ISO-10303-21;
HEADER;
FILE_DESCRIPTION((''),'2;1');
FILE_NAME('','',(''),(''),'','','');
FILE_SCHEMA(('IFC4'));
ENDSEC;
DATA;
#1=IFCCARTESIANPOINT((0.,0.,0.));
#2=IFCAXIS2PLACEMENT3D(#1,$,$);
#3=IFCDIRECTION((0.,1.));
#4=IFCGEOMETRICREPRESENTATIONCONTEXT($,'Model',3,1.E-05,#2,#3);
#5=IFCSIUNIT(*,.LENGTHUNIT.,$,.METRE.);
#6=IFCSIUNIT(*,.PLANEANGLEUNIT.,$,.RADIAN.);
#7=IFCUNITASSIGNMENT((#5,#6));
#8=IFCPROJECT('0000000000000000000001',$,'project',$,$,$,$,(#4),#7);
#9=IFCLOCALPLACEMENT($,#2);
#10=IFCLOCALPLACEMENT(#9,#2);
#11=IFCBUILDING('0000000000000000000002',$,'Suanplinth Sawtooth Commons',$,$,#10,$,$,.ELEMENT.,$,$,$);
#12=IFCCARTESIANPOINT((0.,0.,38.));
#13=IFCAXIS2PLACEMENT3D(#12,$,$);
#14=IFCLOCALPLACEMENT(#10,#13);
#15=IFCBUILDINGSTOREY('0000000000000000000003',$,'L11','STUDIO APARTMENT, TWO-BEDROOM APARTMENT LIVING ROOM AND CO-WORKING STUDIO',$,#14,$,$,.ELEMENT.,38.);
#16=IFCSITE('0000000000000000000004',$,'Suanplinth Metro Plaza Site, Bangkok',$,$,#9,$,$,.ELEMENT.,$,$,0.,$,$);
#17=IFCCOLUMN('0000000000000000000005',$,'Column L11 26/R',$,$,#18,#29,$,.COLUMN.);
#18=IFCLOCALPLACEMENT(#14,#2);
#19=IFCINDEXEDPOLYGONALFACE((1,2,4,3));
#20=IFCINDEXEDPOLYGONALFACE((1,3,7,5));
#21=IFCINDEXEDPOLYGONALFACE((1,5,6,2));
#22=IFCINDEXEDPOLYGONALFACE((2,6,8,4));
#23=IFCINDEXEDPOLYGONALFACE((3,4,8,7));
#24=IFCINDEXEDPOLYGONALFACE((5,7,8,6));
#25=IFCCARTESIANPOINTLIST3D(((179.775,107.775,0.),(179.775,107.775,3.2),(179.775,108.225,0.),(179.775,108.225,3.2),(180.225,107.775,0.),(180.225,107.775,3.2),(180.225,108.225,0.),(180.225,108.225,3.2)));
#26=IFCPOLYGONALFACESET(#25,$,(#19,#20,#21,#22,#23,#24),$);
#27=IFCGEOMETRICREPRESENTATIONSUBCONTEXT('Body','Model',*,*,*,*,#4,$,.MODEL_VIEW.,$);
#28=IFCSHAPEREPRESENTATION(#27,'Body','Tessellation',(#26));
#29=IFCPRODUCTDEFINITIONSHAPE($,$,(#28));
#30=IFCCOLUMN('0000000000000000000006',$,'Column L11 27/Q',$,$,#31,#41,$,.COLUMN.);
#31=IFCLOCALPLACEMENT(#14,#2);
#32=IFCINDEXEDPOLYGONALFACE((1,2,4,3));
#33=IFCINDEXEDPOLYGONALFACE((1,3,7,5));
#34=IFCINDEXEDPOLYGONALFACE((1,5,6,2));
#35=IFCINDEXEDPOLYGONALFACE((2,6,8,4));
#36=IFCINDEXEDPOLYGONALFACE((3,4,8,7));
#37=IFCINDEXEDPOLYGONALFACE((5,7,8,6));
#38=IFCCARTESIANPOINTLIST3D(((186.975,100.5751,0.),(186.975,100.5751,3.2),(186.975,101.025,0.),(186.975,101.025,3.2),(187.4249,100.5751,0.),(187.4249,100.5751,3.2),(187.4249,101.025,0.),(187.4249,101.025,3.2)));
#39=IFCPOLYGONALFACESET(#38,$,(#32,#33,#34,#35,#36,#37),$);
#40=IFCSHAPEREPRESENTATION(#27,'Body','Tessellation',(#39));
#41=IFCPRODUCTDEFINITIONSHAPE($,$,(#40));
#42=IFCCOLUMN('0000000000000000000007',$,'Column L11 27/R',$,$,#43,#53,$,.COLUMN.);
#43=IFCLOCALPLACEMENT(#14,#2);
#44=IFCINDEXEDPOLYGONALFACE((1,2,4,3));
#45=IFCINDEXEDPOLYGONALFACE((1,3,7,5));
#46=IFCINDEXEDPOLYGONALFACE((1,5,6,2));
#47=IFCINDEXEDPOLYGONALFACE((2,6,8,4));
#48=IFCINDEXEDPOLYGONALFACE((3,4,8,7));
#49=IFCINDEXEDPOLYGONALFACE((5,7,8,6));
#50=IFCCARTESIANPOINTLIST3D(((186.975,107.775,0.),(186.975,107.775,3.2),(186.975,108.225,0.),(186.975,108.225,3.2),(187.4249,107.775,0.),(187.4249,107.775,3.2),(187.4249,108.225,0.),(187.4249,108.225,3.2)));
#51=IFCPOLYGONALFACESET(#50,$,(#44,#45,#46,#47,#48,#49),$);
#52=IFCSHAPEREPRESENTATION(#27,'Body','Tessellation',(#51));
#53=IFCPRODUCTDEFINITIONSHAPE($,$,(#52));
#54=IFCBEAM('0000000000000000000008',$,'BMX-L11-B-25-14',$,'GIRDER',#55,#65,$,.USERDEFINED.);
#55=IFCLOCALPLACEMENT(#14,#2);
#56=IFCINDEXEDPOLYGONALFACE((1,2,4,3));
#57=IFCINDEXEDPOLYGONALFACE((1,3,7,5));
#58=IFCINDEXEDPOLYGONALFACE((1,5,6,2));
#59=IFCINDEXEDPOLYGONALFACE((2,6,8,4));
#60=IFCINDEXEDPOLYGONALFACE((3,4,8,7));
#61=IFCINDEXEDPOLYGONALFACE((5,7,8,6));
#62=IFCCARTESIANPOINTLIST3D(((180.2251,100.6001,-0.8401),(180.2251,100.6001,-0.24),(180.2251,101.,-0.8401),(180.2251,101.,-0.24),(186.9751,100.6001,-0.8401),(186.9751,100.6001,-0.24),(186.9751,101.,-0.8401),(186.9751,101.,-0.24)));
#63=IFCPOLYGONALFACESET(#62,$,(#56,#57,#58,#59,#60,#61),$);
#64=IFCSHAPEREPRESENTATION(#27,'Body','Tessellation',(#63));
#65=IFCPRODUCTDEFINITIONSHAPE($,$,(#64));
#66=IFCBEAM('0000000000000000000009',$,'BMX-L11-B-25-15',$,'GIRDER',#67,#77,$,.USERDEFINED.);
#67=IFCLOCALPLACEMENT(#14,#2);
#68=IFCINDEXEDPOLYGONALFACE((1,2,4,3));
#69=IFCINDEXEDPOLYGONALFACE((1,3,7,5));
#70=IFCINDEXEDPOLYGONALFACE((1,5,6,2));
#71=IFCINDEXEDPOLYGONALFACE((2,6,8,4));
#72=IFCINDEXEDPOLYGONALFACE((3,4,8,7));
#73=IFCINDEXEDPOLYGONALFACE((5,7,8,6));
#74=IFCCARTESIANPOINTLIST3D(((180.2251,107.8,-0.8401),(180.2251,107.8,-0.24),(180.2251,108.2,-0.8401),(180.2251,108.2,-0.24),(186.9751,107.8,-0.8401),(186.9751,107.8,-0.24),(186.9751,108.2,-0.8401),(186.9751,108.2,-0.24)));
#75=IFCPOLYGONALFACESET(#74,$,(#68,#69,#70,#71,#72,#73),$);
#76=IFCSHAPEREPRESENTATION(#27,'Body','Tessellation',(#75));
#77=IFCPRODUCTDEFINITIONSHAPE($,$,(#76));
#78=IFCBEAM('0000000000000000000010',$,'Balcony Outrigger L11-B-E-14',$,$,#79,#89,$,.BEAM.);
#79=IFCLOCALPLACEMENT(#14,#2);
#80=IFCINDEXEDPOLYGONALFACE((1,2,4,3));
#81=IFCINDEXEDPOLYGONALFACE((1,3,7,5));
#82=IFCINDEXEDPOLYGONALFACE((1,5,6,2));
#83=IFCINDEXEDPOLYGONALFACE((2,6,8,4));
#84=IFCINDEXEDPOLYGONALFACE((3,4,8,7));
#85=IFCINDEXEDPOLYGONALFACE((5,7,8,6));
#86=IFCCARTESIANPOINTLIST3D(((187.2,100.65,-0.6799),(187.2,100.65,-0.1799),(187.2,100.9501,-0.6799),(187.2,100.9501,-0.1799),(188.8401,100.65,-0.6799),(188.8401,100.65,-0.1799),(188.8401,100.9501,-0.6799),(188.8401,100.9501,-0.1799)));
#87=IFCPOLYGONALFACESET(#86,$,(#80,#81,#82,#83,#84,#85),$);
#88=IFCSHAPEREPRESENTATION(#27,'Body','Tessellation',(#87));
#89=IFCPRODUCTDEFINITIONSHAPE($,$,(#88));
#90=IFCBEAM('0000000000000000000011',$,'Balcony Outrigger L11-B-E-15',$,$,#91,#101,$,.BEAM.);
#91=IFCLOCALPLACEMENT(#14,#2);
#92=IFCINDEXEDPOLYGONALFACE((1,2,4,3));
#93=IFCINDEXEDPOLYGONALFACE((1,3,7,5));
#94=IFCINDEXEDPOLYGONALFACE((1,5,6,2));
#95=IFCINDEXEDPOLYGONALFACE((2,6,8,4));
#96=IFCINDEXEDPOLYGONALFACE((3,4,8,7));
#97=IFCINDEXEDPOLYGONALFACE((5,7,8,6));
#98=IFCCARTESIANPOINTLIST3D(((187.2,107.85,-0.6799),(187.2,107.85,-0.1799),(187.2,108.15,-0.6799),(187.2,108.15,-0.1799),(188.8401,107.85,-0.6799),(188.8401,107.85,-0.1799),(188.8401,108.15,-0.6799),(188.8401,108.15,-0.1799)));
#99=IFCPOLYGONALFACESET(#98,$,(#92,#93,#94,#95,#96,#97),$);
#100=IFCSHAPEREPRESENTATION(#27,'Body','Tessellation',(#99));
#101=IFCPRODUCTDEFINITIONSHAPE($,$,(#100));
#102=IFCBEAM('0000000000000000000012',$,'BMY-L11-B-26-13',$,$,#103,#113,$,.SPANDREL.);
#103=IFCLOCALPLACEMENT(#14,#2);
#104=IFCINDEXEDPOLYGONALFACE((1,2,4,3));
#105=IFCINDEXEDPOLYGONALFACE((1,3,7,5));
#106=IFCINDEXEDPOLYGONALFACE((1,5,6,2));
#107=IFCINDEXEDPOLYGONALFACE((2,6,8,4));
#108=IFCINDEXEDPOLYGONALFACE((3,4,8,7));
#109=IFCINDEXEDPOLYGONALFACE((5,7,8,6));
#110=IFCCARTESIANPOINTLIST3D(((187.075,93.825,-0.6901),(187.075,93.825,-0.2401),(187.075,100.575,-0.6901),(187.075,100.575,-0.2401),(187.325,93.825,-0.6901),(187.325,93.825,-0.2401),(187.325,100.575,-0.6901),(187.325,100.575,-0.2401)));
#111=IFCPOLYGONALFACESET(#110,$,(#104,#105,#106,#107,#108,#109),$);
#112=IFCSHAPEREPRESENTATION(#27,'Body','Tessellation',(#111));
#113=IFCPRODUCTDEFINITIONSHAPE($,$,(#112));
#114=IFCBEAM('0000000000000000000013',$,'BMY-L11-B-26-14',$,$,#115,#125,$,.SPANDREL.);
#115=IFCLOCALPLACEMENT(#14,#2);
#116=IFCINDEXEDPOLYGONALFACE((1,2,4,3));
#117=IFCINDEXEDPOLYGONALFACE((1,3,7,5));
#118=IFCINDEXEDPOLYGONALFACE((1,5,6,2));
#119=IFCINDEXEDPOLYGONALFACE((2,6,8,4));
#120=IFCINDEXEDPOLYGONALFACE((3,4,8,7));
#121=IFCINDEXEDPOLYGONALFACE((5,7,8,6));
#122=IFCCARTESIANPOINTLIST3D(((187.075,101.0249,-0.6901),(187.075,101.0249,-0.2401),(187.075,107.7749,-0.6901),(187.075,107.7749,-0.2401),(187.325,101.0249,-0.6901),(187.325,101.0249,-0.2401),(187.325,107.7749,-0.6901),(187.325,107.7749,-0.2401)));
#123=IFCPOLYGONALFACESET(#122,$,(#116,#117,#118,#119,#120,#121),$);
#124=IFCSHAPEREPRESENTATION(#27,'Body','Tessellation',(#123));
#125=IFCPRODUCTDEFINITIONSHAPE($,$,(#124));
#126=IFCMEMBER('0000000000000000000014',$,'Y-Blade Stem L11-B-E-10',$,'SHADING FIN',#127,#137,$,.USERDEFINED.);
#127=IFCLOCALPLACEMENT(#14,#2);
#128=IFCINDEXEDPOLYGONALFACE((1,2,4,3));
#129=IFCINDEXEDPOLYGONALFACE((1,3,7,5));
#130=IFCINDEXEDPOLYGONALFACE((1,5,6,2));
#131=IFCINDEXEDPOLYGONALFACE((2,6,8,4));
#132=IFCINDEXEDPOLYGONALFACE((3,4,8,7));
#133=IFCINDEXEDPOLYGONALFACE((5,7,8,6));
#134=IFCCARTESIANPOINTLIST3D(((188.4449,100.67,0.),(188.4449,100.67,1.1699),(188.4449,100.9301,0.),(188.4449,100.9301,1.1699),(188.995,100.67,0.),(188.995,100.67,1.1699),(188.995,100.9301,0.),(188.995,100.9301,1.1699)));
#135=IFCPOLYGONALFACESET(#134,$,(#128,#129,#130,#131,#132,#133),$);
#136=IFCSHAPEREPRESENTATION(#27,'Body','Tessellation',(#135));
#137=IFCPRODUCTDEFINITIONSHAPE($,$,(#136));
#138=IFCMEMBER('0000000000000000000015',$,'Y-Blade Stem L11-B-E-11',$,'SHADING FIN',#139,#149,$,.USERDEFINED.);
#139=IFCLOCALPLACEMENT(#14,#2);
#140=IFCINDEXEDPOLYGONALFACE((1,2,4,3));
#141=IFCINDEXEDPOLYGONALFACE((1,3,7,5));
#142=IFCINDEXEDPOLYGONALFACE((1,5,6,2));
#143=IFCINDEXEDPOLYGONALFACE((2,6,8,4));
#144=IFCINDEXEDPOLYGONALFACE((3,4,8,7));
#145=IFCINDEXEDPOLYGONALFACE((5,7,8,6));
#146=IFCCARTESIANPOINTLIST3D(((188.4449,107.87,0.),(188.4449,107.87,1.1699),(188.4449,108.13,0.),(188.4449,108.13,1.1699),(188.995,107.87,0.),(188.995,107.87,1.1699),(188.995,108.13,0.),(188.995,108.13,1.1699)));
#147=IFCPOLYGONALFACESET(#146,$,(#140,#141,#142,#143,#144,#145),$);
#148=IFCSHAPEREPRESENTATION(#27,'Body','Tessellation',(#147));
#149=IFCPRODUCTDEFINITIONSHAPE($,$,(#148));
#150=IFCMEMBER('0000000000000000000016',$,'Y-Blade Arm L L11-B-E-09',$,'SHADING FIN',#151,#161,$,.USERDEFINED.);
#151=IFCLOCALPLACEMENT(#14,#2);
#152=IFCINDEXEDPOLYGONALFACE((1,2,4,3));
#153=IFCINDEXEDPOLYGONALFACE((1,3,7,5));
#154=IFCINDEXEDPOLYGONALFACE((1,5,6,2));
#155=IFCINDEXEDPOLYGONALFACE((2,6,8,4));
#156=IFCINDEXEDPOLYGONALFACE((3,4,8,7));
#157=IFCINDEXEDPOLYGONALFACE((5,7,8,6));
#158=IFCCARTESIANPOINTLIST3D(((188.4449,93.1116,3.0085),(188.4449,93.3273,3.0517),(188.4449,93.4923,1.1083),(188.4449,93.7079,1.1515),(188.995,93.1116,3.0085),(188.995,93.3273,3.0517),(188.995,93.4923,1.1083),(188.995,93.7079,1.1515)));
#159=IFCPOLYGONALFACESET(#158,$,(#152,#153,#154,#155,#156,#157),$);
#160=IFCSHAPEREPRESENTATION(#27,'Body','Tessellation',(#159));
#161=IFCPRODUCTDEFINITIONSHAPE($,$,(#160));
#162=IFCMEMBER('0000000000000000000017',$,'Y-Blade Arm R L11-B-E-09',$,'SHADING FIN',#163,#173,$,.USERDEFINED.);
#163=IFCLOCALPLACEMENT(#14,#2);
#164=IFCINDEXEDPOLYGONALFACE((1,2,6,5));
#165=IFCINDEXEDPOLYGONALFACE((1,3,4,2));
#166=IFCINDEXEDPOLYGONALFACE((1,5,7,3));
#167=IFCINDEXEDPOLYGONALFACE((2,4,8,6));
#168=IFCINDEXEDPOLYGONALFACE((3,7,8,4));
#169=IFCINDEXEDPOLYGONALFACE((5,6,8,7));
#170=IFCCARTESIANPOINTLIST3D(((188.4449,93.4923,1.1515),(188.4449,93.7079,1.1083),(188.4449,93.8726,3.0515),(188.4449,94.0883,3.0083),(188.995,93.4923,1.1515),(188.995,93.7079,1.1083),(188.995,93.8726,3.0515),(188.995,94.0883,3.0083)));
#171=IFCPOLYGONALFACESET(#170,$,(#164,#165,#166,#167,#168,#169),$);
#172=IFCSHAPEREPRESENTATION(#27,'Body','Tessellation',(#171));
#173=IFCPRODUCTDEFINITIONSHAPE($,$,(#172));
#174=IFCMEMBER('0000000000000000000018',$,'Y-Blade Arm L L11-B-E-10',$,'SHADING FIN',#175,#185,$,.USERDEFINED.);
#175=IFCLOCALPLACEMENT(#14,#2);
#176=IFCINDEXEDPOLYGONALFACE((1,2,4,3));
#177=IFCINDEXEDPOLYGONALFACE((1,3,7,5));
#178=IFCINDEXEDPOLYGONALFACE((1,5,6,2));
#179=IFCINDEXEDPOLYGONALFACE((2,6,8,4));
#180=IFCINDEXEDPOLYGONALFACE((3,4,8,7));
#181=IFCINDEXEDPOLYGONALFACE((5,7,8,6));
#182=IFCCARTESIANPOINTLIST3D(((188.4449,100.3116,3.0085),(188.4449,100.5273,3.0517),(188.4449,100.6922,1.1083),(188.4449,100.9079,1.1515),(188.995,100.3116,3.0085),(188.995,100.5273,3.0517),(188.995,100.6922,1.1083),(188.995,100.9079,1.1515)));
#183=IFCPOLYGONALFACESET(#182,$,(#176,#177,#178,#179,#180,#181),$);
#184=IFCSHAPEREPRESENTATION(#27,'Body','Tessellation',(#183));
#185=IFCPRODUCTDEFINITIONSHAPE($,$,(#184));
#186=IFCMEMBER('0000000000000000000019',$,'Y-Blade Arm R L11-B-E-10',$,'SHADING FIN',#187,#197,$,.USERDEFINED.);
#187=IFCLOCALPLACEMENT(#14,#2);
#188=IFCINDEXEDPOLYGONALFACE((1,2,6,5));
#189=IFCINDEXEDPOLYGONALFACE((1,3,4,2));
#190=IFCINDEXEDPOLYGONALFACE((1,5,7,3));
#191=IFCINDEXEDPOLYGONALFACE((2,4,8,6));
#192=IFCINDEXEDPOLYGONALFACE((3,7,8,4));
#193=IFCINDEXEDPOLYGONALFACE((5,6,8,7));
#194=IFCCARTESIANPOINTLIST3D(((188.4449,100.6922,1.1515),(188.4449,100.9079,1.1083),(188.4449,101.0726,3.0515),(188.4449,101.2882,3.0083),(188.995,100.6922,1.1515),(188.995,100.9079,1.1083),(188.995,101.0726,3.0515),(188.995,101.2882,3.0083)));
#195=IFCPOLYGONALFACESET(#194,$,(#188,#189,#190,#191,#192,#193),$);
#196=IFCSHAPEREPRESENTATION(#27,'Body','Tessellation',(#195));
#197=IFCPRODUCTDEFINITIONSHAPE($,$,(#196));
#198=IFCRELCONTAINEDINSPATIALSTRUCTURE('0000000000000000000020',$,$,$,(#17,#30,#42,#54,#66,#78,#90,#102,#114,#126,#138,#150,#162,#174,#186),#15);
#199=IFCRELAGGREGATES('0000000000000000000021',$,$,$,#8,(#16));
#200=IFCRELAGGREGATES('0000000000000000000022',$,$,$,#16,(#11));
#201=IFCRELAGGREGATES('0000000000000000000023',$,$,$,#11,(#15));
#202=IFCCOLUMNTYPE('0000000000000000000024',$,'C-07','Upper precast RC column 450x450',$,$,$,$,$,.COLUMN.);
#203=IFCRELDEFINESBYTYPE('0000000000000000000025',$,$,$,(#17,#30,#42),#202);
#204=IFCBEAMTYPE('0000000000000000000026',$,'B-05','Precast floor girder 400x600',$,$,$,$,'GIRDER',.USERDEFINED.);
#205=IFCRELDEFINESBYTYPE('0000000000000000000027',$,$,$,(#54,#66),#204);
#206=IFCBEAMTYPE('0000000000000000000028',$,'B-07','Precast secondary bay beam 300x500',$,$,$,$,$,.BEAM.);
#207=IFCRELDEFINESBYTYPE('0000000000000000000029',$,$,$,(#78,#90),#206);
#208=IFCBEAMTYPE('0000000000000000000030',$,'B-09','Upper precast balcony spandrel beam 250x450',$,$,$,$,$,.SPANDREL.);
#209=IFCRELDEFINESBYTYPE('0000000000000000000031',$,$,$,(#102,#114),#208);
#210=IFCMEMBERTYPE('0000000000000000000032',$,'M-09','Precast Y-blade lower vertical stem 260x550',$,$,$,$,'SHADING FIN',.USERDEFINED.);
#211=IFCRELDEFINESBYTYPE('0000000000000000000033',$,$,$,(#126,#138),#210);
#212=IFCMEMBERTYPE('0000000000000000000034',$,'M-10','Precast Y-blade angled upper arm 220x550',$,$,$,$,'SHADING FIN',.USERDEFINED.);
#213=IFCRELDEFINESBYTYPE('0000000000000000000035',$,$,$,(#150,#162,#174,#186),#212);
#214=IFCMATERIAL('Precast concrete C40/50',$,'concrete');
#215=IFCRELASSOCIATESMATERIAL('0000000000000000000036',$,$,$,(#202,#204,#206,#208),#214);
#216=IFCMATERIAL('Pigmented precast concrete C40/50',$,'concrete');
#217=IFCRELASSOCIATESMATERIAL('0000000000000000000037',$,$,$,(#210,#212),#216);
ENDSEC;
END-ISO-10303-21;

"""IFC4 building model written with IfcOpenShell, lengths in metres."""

from ifc_helpers import new_model, si_unit, direction, frame, origin, origin_2d, place, context, subcontext, project, spatial, rectangle, extrude, material, material_profile, profile_set, type_object, element, save


model = new_model("IFC4")

# Units and contexts
model_context = context("Model", 3, precision=1e-05, world=origin(), true_north=direction((0.0, 1.0)))
body_context = subcontext(model_context, "Body", "Model", "MODEL_VIEW")
ifc_project = project(units=[si_unit("LENGTHUNIT", "METRE"), si_unit("PLANEANGLEUNIT", "RADIAN")], contexts=[model_context])

# Site, building, storey
site_placement = place(None, origin())
site = spatial("IfcSite", under=ifc_project, at=site_placement, Name="Suanplinth Metro Plaza Site, Bangkok", CompositionType="ELEMENT", RefElevation=0.0)
building_placement = place(site_placement, origin())
building = spatial("IfcBuilding", under=site, at=building_placement, Name="Suanplinth Sawtooth Commons", CompositionType="ELEMENT")
storey_placement = place(building_placement, frame((0.0, 0.0, 38.0)))
storey = spatial("IfcBuildingStorey", under=building, at=storey_placement, Name="L11", Description="STUDIO APARTMENT, TWO-BEDROOM APARTMENT LIVING ROOM AND CO-WORKING STUDIO", CompositionType="ELEMENT", Elevation=38.0)

# Columns
ifc_material_1 = material(Name="Precast concrete C40/50", Category="concrete")
ifc_material_profile_1 = material_profile(ifc_material_1, rectangle(XDim=0.45, YDim=0.45, at=origin_2d()), Name="PC-COL 450x450")
ifc_profile_set_1 = profile_set([ifc_material_profile_1], Name="Precast concrete C40/50")
column_type = type_object("IfcColumnType", Name="C-07", Description="Upper precast RC column 450x450", PredefinedType="COLUMN", material=ifc_profile_set_1)
for number, where, z_axis, x_axis, name in (
    (1, (180.0, 108.0, 0.0), (0.0, 0.0, 1.0), (1.0, 0.0, 0.0), "Column L11 26/R"),
    (2, (187.2, 100.8, 0.0), (0.0, 0.0, 1.0), (1.0, 0.0, 0.0), "Column L11 27/Q"),
    (3, (187.2, 108.0, 0.0), (0.0, 0.0, 1.0), (1.0, 0.0, 0.0), "Column L11 27/R"),
):
    element("IfcColumn", number, at=place(storey_placement, frame(where, z_axis=z_axis, x_axis=x_axis)), inside=storey, type_object=column_type, Name=name, PredefinedType="COLUMN", context=body_context, shape_type="SweptSolid", body=[
        extrude(rectangle(XDim=0.45, YDim=0.45, at=origin_2d()), origin(), (0.0, 0.0, 1.0), 3.2),
    ])

# Beams
ifc_material_profile_2 = material_profile(ifc_material_1, rectangle(XDim=0.3999, YDim=0.6001, at=origin_2d()), Name="PC-GDR 400x600")
ifc_profile_set_2 = profile_set([ifc_material_profile_2], Name="Precast concrete C40/50")
beam_type_1 = type_object("IfcBeamType", Name="B-05", Description="Precast floor girder 400x600", ElementType="GIRDER", PredefinedType="USERDEFINED", material=ifc_profile_set_2)
for number, where, z_axis, x_axis, name in (
    (4, (180.2251, 100.8, -0.54), (1.0, 0.0, 0.0), (0.0, 1.0, 0.0), "BMX-L11-B-25-14"),
    (5, (180.2251, 108.0, -0.54), (1.0, 0.0, 0.0), (0.0, 1.0, 0.0), "BMX-L11-B-25-15"),
):
    element("IfcBeam", number, at=place(storey_placement, frame(where, z_axis=z_axis, x_axis=x_axis)), inside=storey, type_object=beam_type_1, Name=name, ObjectType="GIRDER", PredefinedType="USERDEFINED", context=body_context, shape_type="SweptSolid", body=[
        extrude(rectangle(XDim=0.3999, YDim=0.6001, at=origin_2d()), origin(), (0.0, 0.0, 1.0), 6.75),
    ])
ifc_material_profile_3 = material_profile(ifc_material_1, rectangle(XDim=0.3, YDim=0.5, at=origin_2d()), Name="PC-BM 300x500")
ifc_profile_set_3 = profile_set([ifc_material_profile_3], Name="Precast concrete C40/50")
beam_type_2 = type_object("IfcBeamType", Name="B-07", Description="Precast secondary bay beam 300x500", PredefinedType="BEAM", material=ifc_profile_set_3)
for number, where, z_axis, x_axis, name in (
    (6, (187.2, 100.8, -0.4299), (1.0, 0.0, 0.0), (0.0, 1.0, 0.0), "Balcony Outrigger L11-B-E-14"),
    (7, (187.2, 108.0, -0.4299), (1.0, 0.0, 0.0), (0.0, 1.0, 0.0), "Balcony Outrigger L11-B-E-15"),
):
    element("IfcBeam", number, at=place(storey_placement, frame(where, z_axis=z_axis, x_axis=x_axis)), inside=storey, type_object=beam_type_2, Name=name, PredefinedType="BEAM", context=body_context, shape_type="SweptSolid", body=[
        extrude(rectangle(XDim=0.3, YDim=0.5, at=origin_2d()), origin(), (0.0, 0.0, 1.0), 1.6401),
    ])
ifc_material_profile_4 = material_profile(ifc_material_1, rectangle(XDim=0.25, YDim=0.45, at=origin_2d()), Name="PC-SP 250x450")
ifc_profile_set_4 = profile_set([ifc_material_profile_4], Name="Precast concrete C40/50")
beam_type_3 = type_object("IfcBeamType", Name="B-09", Description="Upper precast balcony spandrel beam 250x450", PredefinedType="SPANDREL", material=ifc_profile_set_4)
for number, where, z_axis, x_axis, name in (
    (8, (187.2, 93.825, -0.4651), (0.0, 1.0, 0.0), (-1.0, 0.0, 0.0), "BMY-L11-B-26-13"),
    (9, (187.2, 101.0249, -0.4651), (0.0, 1.0, 0.0), (-1.0, 0.0, 0.0), "BMY-L11-B-26-14"),
):
    element("IfcBeam", number, at=place(storey_placement, frame(where, z_axis=z_axis, x_axis=x_axis)), inside=storey, type_object=beam_type_3, Name=name, PredefinedType="SPANDREL", context=body_context, shape_type="SweptSolid", body=[
        extrude(rectangle(XDim=0.25, YDim=0.45, at=origin_2d()), origin(), (0.0, 0.0, 1.0), 6.75),
    ])

# Members
ifc_material_2 = material(Name="Pigmented precast concrete C40/50", Category="concrete")
ifc_material_profile_5 = material_profile(ifc_material_2, rectangle(XDim=0.26, YDim=0.55, at=origin_2d()), Name="PC-FIN 260x550")
ifc_profile_set_5 = profile_set([ifc_material_profile_5], Name="Pigmented precast concrete C40/50")
member_type_1 = type_object("IfcMemberType", Name="M-09", Description="Precast Y-blade lower vertical stem 260x550", ElementType="SHADING FIN", PredefinedType="USERDEFINED", material=ifc_profile_set_5)
for number, where, z_axis, x_axis, name in (
    (10, (188.72, 100.8, 0.0), (0.0, 0.0, 1.0), (0.0, 1.0, 0.0), "Y-Blade Stem L11-B-E-10"),
    (11, (188.72, 108.0, 0.0), (0.0, 0.0, 1.0), (0.0, 1.0, 0.0), "Y-Blade Stem L11-B-E-11"),
):
    element("IfcMember", number, at=place(storey_placement, frame(where, z_axis=z_axis, x_axis=x_axis)), inside=storey, type_object=member_type_1, Name=name, ObjectType="SHADING FIN", PredefinedType="USERDEFINED", context=body_context, shape_type="SweptSolid", body=[
        extrude(rectangle(XDim=0.26, YDim=0.55, at=origin_2d()), origin(), (0.0, 0.0, 1.0), 1.1699),
    ])
ifc_material_profile_6 = material_profile(ifc_material_2, rectangle(XDim=0.22, YDim=0.55, at=origin_2d()), Name="PC-FIN 220x550")
ifc_profile_set_6 = profile_set([ifc_material_profile_6], Name="Pigmented precast concrete C40/50")
member_type_2 = type_object("IfcMemberType", Name="M-10", Description="Precast Y-blade angled upper arm 220x550", ElementType="SHADING FIN", PredefinedType="USERDEFINED", material=ifc_profile_set_6)
member_1_placement = place(storey_placement, frame((188.72, 93.6001, 1.1299), z_axis=(0.0, -0.196407, 0.980522), x_axis=(0.0, 0.980522, 0.196407)))
element("IfcMember", 12, at=member_1_placement, inside=storey, type_object=member_type_2, Name="Y-Blade Arm L L11-B-E-09", ObjectType="SHADING FIN", PredefinedType="USERDEFINED", context=body_context, shape_type="SweptSolid", body=[
    extrude(rectangle(XDim=0.22, YDim=0.55, at=origin_2d()), origin(), (0.0, 0.0, 1.0), 1.938),
])
member_2_placement = place(storey_placement, frame((188.72, 93.6001, 1.1299), z_axis=(0.0, 0.196286, 0.980547), x_axis=(0.0, -0.980547, 0.196286)))
element("IfcMember", 13, at=member_2_placement, inside=storey, type_object=member_type_2, Name="Y-Blade Arm R L11-B-E-09", ObjectType="SHADING FIN", PredefinedType="USERDEFINED", context=body_context, shape_type="SweptSolid", body=[
    extrude(rectangle(XDim=0.22, YDim=0.55, at=origin_2d()), origin(), (0.0, 0.0, 1.0), 1.9377),
])
member_3_placement = place(storey_placement, frame((188.72, 100.8, 1.1299), z_axis=(0.0, -0.196407, 0.980522), x_axis=(0.0, 0.980522, 0.196407)))
element("IfcMember", 14, at=member_3_placement, inside=storey, type_object=member_type_2, Name="Y-Blade Arm L L11-B-E-10", ObjectType="SHADING FIN", PredefinedType="USERDEFINED", context=body_context, shape_type="SweptSolid", body=[
    extrude(rectangle(XDim=0.22, YDim=0.55, at=origin_2d()), origin(), (0.0, 0.0, 1.0), 1.938),
])
member_4_placement = place(storey_placement, frame((188.72, 100.8, 1.1299), z_axis=(0.0, 0.196286, 0.980547), x_axis=(0.0, -0.980547, 0.196286)))
element("IfcMember", 15, at=member_4_placement, inside=storey, type_object=member_type_2, Name="Y-Blade Arm R L11-B-E-10", ObjectType="SHADING FIN", PredefinedType="USERDEFINED", context=body_context, shape_type="SweptSolid", body=[
    extrude(rectangle(XDim=0.22, YDim=0.55, at=origin_2d()), origin(), (0.0, 0.0, 1.0), 1.9377),
])

save(model, "model.ifc")
